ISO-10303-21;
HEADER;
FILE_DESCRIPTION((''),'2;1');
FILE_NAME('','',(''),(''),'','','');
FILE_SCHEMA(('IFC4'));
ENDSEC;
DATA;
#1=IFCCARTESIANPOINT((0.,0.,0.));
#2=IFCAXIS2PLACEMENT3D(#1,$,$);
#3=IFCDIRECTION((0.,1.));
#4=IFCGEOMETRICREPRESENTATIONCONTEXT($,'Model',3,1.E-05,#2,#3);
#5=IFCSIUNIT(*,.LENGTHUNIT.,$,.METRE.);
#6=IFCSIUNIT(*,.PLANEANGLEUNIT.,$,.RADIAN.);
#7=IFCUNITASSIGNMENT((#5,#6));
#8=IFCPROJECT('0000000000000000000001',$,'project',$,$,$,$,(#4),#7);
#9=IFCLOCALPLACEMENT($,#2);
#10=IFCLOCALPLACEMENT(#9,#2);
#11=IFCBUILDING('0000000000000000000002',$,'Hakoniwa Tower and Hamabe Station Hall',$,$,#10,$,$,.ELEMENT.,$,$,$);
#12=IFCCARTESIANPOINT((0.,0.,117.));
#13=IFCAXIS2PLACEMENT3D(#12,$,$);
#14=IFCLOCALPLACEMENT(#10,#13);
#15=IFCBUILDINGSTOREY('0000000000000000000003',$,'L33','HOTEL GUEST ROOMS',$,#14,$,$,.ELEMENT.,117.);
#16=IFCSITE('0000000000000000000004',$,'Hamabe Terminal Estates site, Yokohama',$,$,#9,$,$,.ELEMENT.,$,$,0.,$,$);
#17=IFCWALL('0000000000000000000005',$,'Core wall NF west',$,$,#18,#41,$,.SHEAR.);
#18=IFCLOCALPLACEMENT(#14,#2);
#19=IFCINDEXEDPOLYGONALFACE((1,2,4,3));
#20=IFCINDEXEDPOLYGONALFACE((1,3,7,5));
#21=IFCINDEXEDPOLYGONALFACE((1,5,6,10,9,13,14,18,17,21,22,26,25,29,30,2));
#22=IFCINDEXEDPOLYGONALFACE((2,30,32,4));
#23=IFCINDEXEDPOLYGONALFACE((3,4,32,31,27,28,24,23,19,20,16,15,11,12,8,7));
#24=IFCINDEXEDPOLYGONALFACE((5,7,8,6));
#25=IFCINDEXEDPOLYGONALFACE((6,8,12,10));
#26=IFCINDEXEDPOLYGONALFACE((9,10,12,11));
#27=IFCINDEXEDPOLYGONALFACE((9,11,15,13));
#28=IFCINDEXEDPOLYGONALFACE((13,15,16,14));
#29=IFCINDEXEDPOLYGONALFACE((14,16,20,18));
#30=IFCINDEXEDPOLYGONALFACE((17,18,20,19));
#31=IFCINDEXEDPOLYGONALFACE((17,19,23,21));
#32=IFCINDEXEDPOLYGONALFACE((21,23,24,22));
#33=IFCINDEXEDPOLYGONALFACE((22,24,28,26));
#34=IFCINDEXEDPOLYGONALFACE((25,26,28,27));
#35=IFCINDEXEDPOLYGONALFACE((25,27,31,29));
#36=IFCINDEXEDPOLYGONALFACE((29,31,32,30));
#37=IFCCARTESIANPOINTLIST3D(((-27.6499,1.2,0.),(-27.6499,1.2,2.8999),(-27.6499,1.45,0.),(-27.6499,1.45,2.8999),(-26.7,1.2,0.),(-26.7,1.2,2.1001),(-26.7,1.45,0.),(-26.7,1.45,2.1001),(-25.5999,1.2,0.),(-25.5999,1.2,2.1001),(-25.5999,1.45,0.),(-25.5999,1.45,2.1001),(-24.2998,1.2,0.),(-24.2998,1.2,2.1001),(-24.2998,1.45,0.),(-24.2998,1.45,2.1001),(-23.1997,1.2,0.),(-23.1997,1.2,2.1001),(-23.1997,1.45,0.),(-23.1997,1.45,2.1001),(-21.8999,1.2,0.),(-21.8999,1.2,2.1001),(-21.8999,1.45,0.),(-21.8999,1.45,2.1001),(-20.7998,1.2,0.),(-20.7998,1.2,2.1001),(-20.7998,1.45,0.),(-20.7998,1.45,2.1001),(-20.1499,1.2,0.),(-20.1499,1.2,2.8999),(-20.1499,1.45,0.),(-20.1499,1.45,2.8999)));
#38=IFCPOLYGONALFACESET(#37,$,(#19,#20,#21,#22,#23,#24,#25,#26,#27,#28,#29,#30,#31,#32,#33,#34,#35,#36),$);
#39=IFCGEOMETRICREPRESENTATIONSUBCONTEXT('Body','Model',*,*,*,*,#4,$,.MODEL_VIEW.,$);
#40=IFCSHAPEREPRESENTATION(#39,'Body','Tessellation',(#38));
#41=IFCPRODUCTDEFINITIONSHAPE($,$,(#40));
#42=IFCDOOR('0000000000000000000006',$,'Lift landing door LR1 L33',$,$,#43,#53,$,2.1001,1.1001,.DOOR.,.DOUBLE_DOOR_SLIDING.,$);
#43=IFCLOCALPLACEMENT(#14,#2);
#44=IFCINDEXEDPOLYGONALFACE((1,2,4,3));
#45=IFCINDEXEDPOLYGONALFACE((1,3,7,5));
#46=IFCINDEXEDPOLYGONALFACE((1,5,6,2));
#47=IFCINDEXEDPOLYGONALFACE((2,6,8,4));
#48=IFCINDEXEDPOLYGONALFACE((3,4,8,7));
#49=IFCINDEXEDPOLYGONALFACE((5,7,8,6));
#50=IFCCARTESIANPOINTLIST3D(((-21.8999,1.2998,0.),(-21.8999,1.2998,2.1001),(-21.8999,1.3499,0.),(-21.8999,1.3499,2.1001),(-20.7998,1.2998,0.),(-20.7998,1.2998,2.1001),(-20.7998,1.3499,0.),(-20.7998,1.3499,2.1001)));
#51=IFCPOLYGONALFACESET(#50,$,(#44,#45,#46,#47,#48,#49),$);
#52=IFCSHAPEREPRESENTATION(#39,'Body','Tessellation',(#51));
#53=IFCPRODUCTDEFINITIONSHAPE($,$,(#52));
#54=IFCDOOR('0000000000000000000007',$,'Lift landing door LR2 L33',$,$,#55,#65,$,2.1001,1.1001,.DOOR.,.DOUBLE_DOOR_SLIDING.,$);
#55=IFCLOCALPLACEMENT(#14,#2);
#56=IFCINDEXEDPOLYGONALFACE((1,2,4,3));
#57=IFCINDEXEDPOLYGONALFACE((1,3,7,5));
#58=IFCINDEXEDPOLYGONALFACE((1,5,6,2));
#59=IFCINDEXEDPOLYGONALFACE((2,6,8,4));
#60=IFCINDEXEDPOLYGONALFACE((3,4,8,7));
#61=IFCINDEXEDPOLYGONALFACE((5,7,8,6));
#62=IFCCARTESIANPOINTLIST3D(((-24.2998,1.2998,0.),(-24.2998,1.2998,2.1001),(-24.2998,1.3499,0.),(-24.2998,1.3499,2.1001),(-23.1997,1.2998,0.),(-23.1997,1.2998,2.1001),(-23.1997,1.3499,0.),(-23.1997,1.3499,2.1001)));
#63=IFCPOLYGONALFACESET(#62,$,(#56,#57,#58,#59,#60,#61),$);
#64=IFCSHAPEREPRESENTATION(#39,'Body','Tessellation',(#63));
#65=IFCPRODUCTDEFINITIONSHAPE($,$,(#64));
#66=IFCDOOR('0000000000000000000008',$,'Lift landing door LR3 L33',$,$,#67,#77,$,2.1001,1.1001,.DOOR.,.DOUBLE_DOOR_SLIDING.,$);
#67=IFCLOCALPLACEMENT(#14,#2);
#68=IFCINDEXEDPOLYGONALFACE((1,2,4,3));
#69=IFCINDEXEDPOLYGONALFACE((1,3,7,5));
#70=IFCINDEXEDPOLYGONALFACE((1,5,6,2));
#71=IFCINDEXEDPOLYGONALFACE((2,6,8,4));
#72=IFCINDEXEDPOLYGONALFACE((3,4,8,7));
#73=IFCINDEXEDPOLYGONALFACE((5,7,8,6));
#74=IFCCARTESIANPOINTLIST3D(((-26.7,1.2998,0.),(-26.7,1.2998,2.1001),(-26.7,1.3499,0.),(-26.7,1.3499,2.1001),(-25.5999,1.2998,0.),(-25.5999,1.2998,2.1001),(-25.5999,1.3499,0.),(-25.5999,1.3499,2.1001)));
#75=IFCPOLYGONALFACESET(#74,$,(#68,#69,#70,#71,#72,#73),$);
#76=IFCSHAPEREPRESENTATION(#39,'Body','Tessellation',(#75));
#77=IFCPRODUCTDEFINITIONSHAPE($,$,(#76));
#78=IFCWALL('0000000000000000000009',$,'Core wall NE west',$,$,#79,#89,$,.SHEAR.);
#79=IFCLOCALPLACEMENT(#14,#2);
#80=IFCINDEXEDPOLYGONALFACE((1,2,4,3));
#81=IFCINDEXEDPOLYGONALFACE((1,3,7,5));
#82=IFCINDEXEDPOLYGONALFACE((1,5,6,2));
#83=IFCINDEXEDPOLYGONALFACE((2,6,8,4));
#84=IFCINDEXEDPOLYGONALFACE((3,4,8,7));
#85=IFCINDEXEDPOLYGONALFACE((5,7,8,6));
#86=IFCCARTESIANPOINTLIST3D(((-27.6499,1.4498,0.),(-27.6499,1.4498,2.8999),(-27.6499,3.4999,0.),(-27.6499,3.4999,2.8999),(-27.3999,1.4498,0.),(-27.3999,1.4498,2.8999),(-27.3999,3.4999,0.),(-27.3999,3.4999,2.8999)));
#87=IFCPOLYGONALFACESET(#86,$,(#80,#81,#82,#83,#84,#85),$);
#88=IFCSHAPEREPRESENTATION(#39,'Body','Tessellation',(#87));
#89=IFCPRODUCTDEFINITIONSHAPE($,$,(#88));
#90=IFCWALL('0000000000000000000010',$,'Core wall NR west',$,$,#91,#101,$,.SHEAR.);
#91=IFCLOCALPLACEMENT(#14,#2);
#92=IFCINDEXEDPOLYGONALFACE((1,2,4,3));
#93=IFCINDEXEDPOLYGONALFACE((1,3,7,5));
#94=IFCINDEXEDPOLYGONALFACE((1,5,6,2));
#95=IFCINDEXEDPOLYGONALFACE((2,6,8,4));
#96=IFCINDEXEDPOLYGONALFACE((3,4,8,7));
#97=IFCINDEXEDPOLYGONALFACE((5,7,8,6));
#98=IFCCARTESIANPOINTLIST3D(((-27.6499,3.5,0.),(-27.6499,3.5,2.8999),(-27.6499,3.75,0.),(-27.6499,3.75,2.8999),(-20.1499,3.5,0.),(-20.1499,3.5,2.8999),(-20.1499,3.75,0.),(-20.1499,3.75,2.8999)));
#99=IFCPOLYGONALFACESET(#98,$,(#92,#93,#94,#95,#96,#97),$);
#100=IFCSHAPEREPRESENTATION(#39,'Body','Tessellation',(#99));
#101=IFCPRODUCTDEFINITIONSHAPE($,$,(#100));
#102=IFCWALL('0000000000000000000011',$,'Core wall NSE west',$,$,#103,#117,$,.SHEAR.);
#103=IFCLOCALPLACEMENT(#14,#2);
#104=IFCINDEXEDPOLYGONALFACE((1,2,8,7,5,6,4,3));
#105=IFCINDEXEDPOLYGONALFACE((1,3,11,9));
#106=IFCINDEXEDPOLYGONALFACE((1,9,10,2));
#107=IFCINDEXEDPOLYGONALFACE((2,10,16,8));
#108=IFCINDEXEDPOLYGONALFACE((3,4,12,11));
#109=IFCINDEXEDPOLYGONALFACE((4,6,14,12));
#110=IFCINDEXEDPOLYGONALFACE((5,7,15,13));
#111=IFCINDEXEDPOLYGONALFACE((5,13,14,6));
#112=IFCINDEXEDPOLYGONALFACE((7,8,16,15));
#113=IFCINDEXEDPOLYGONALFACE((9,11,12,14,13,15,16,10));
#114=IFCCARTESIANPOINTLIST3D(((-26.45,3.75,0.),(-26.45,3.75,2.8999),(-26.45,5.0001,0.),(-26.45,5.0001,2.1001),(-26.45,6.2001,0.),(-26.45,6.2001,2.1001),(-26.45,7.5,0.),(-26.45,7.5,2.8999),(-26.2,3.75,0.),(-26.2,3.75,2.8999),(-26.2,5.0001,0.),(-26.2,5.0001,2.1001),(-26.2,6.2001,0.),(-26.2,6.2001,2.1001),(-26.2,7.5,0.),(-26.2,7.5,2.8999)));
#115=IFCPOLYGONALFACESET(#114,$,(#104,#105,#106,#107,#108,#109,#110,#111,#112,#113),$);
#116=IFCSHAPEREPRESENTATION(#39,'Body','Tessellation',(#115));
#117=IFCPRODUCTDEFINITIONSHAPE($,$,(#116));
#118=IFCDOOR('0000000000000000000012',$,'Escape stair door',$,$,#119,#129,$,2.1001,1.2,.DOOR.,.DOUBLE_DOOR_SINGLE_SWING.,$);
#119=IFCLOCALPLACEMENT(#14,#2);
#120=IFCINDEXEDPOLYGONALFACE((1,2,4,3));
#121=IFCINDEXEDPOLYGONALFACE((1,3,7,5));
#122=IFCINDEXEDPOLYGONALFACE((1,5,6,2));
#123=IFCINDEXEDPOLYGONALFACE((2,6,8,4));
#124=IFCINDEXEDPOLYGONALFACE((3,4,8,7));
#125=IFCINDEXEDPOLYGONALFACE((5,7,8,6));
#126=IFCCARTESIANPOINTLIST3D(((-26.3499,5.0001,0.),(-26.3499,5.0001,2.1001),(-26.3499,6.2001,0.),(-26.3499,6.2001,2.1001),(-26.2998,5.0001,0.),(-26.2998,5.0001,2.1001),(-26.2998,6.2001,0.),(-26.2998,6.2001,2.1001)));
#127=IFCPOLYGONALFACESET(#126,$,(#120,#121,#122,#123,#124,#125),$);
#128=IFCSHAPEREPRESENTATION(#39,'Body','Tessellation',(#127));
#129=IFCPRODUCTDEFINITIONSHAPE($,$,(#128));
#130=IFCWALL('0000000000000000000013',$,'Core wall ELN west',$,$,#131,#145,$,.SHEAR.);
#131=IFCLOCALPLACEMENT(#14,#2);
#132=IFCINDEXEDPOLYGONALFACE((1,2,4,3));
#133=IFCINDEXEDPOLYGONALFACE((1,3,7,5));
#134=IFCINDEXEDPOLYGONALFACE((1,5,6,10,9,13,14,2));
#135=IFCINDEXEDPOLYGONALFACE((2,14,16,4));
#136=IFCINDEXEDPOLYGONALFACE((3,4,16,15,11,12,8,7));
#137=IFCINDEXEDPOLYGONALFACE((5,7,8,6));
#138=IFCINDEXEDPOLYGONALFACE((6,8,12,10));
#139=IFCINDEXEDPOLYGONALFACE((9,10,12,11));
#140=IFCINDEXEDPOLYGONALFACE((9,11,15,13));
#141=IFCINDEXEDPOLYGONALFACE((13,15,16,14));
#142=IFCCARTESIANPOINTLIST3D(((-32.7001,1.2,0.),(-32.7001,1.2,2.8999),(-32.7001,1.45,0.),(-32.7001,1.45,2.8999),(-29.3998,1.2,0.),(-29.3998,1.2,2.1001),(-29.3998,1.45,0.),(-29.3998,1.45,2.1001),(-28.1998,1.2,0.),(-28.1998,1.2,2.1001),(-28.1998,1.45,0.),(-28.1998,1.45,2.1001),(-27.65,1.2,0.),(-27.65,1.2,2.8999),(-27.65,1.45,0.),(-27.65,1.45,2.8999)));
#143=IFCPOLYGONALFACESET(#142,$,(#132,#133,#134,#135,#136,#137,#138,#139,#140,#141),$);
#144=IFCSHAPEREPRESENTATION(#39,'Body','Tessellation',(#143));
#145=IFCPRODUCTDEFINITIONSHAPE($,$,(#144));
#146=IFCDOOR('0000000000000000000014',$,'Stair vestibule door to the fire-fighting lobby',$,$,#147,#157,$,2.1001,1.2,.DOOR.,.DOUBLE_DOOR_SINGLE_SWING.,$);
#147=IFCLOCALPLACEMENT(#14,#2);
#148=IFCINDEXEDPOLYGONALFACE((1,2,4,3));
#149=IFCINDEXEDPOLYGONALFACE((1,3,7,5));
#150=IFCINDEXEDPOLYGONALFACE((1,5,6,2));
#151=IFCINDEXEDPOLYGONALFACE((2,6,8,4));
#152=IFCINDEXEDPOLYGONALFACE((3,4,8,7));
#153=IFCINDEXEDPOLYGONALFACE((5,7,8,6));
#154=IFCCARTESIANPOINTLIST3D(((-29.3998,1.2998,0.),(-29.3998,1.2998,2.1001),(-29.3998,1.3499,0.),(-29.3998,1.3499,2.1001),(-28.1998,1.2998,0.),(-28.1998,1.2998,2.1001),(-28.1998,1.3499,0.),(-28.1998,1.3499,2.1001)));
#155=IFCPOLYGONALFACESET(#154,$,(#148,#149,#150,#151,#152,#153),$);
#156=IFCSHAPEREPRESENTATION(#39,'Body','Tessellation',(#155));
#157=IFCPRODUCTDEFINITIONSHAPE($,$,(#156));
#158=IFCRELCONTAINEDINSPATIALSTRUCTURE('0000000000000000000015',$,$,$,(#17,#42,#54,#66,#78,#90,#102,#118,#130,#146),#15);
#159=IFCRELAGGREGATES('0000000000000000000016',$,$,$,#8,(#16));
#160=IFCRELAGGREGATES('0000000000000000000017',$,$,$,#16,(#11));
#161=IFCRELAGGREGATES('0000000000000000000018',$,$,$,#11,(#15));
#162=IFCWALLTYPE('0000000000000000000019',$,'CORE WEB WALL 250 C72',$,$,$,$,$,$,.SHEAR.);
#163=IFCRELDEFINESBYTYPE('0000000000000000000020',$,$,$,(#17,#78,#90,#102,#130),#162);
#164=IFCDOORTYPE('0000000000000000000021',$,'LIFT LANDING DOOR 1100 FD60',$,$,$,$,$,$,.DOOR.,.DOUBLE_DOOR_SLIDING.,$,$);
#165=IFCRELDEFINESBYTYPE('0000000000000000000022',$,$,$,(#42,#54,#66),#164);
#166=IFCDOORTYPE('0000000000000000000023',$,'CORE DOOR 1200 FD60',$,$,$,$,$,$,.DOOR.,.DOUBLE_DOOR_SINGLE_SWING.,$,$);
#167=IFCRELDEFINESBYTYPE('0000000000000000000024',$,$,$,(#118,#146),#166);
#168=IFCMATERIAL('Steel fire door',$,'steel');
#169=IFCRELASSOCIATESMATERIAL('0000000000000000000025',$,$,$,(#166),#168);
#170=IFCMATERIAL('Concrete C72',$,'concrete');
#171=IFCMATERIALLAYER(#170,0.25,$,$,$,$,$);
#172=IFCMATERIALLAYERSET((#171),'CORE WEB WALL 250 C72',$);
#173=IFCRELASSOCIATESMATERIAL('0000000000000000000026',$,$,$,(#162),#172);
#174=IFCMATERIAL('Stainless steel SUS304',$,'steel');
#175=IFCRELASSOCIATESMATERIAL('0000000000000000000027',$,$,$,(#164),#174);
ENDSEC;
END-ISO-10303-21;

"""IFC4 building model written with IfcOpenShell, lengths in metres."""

from ifc_helpers import new_model, si_unit, direction, frame, frame_2d, origin, place, context, subcontext, project, spatial, rectangle, extrude, material, layer, layer_set, type_object, element, fill, save


model = new_model("IFC4")

# Units and contexts
model_context = context("Model", 3, precision=1e-05, world=origin(), true_north=direction((0.0, 1.0)))
body_context = subcontext(model_context, "Body", "Model", "MODEL_VIEW")
ifc_project = project(units=[si_unit("LENGTHUNIT", "METRE"), si_unit("PLANEANGLEUNIT", "RADIAN")], contexts=[model_context])

# Site, building, storey
site_placement = place(None, origin())
site = spatial("IfcSite", under=ifc_project, at=site_placement, Name="Hamabe Terminal Estates site, Yokohama", CompositionType="ELEMENT", RefElevation=0.0)
building_placement = place(site_placement, origin())
building = spatial("IfcBuilding", under=site, at=building_placement, Name="Hakoniwa Tower and Hamabe Station Hall", CompositionType="ELEMENT")
storey_placement = place(building_placement, frame((0.0, 0.0, 117.0)))
storey = spatial("IfcBuildingStorey", under=building, at=storey_placement, Name="L33", Description="HOTEL GUEST ROOMS", CompositionType="ELEMENT", Elevation=117.0)

# Shared definitions
ifc_material_1 = material(Name="Steel fire door", Category="steel")
door_type_1 = type_object("IfcDoorType", Name="CORE DOOR 1200 FD60", OperationType="DOUBLE_DOOR_SINGLE_SWING", PredefinedType="DOOR", material=ifc_material_1)

# Wall, openings, doors
ifc_material_2 = material(Name="Concrete C72", Category="concrete")
ifc_layer_1 = layer(ifc_material_2, 0.25)
ifc_layer_set_1 = layer_set([ifc_layer_1], Name="CORE WEB WALL 250 C72")
wall_type_1 = type_object("IfcWallType", Name="CORE WEB WALL 250 C72", PredefinedType="SHEAR", material=ifc_layer_set_1)
wall_1_placement = place(storey_placement, frame((-27.6499, 1.325, 0.0), z_axis=(0.0, 0.0, 1.0), x_axis=(1.0, 0.0, 0.0)))
wall_1 = element("IfcWall", 1, at=wall_1_placement, inside=storey, type_object=wall_type_1, Name="Core wall NF west", PredefinedType="SHEAR", context=body_context, shape_type="SweptSolid", body=[
    extrude(rectangle(XDim=7.5, YDim=0.25, at=frame_2d((3.75, 0.0))), origin(), (0.0, 0.0, 1.0), 2.8999),
])
opening_1_placement = place(wall_1_placement, frame((5.75, 0.0, 0.0)))
opening_1 = element("IfcOpeningElement", 2, at=opening_1_placement, cuts=wall_1, PredefinedType="OPENING", context=body_context, shape_type="SweptSolid", body=[
    extrude(rectangle(XDim=1.1001, YDim=2.1001, at=frame_2d((0.55, 1.05))), frame((0.0, 0.135, 0.0), z_axis=(0.0, -1.0, 0.0), x_axis=(1.0, 0.0, 0.0)), (0.0, 0.0, 1.0), 0.27),
])
opening_2_placement = place(wall_1_placement, frame((3.3501, 0.0, 0.0)))
opening_2 = element("IfcOpeningElement", 3, at=opening_2_placement, cuts=wall_1, PredefinedType="OPENING", context=body_context, shape_type="SweptSolid", body=[
    extrude(rectangle(XDim=1.1001, YDim=2.1001, at=frame_2d((0.55, 1.05))), frame((0.0, 0.135, 0.0), z_axis=(0.0, -1.0, 0.0), x_axis=(1.0, 0.0, 0.0)), (0.0, 0.0, 1.0), 0.27),
])
opening_3_placement = place(wall_1_placement, frame((0.95, 0.0, 0.0)))
opening_3 = element("IfcOpeningElement", 4, at=opening_3_placement, cuts=wall_1, PredefinedType="OPENING", context=body_context, shape_type="SweptSolid", body=[
    extrude(rectangle(XDim=1.1001, YDim=2.1001, at=frame_2d((0.55, 1.05))), frame((0.0, 0.135, 0.0), z_axis=(0.0, -1.0, 0.0), x_axis=(1.0, 0.0, 0.0)), (0.0, 0.0, 1.0), 0.27),
])
ifc_material_3 = material(Name="Stainless steel SUS304", Category="steel")
door_type_2 = type_object("IfcDoorType", Name="LIFT LANDING DOOR 1100 FD60", OperationType="DOUBLE_DOOR_SLIDING", PredefinedType="DOOR", material=ifc_material_3)
door_1_placement = place(opening_1_placement, origin())
door_1 = element("IfcDoor", 5, at=door_1_placement, inside=storey, type_object=door_type_2, Name="Lift landing door LR1 L33", OperationType="DOUBLE_DOOR_SLIDING", OverallHeight=2.1001, OverallWidth=1.1001, PredefinedType="DOOR", context=body_context, shape_type="SweptSolid", body=[
    extrude(rectangle(XDim=1.1001, YDim=2.1001, at=frame_2d((0.55, 1.05))), frame((0.0, 0.0249, 0.0), z_axis=(0.0, -1.0, 0.0), x_axis=(1.0, 0.0, 0.0)), (0.0, 0.0, 1.0), 0.05),
])
fill(opening_1, door_1)
door_2_placement = place(opening_2_placement, origin())
door_2 = element("IfcDoor", 6, at=door_2_placement, inside=storey, type_object=door_type_2, Name="Lift landing door LR2 L33", OperationType="DOUBLE_DOOR_SLIDING", OverallHeight=2.1001, OverallWidth=1.1001, PredefinedType="DOOR", context=body_context, shape_type="SweptSolid", body=[
    extrude(rectangle(XDim=1.1001, YDim=2.1001, at=frame_2d((0.55, 1.05))), frame((0.0, 0.0249, 0.0), z_axis=(0.0, -1.0, 0.0), x_axis=(1.0, 0.0, 0.0)), (0.0, 0.0, 1.0), 0.05),
])
fill(opening_2, door_2)
door_3_placement = place(opening_3_placement, origin())
door_3 = element("IfcDoor", 7, at=door_3_placement, inside=storey, type_object=door_type_2, Name="Lift landing door LR3 L33", OperationType="DOUBLE_DOOR_SLIDING", OverallHeight=2.1001, OverallWidth=1.1001, PredefinedType="DOOR", context=body_context, shape_type="SweptSolid", body=[
    extrude(rectangle(XDim=1.1001, YDim=2.1001, at=frame_2d((0.55, 1.05))), frame((0.0, 0.0249, 0.0), z_axis=(0.0, -1.0, 0.0), x_axis=(1.0, 0.0, 0.0)), (0.0, 0.0, 1.0), 0.05),
])
fill(opening_3, door_3)

# Walls
wall_2_placement = place(storey_placement, frame((-27.5249, 1.45, 0.0), z_axis=(0.0, 0.0, 1.0), x_axis=(0.0, 1.0, 0.0)))
element("IfcWall", 8, at=wall_2_placement, inside=storey, type_object=wall_type_1, Name="Core wall NE west", PredefinedType="SHEAR", context=body_context, shape_type="SweptSolid", body=[
    extrude(rectangle(XDim=2.05, YDim=0.25, at=frame_2d((1.0249, 0.0))), origin(), (0.0, 0.0, 1.0), 2.8999),
])
wall_3_placement = place(storey_placement, frame((-27.6499, 3.625, 0.0), z_axis=(0.0, 0.0, 1.0), x_axis=(1.0, 0.0, 0.0)))
element("IfcWall", 9, at=wall_3_placement, inside=storey, type_object=wall_type_1, Name="Core wall NR west", PredefinedType="SHEAR", context=body_context, shape_type="SweptSolid", body=[
    extrude(rectangle(XDim=7.5, YDim=0.25, at=frame_2d((3.75, 0.0))), origin(), (0.0, 0.0, 1.0), 2.8999),
])

# Walls, openings, doors
wall_4_placement = place(storey_placement, frame((-26.325, 3.75, 0.0), z_axis=(0.0, 0.0, 1.0), x_axis=(0.0, 1.0, 0.0)))
wall_4 = element("IfcWall", 10, at=wall_4_placement, inside=storey, type_object=wall_type_1, Name="Core wall NSE west", PredefinedType="SHEAR", context=body_context, shape_type="SweptSolid", body=[
    extrude(rectangle(XDim=3.75, YDim=0.25, at=frame_2d((1.875, 0.0))), origin(), (0.0, 0.0, 1.0), 2.8999),
])
opening_4_placement = place(wall_4_placement, frame((1.25, 0.0, 0.0)))
opening_4 = element("IfcOpeningElement", 11, at=opening_4_placement, cuts=wall_4, PredefinedType="OPENING", context=body_context, shape_type="SweptSolid", body=[
    extrude(rectangle(XDim=1.2, YDim=2.1001, at=frame_2d((0.6001, 1.05))), frame((0.0, 0.135, 0.0), z_axis=(0.0, -1.0, 0.0), x_axis=(1.0, 0.0, 0.0)), (0.0, 0.0, 1.0), 0.27),
])
door_4_placement = place(opening_4_placement, origin())
door_4 = element("IfcDoor", 12, at=door_4_placement, inside=storey, type_object=door_type_1, Name="Escape stair door", OperationType="DOUBLE_DOOR_SINGLE_SWING", OverallHeight=2.1001, OverallWidth=1.2, PredefinedType="DOOR", context=body_context, shape_type="SweptSolid", body=[
    extrude(rectangle(XDim=1.2, YDim=2.1001, at=frame_2d((0.6001, 1.05))), frame((0.0, 0.0249, 0.0), z_axis=(0.0, -1.0, 0.0), x_axis=(1.0, 0.0, 0.0)), (0.0, 0.0, 1.0), 0.05),
])
fill(opening_4, door_4)
wall_5_placement = place(storey_placement, frame((-32.7, 1.325, 0.0), z_axis=(0.0, 0.0, 1.0), x_axis=(1.0, 0.0, 0.0)))
wall_5 = element("IfcWall", 13, at=wall_5_placement, inside=storey, type_object=wall_type_1, Name="Core wall ELN west", PredefinedType="SHEAR", context=body_context, shape_type="SweptSolid", body=[
    extrude(rectangle(XDim=5.05, YDim=0.25, at=frame_2d((2.5249, 0.0))), origin(), (0.0, 0.0, 1.0), 2.8999),
])
opening_5_placement = place(wall_5_placement, frame((3.3, 0.0, 0.0)))
opening_5 = element("IfcOpeningElement", 14, at=opening_5_placement, cuts=wall_5, PredefinedType="OPENING", context=body_context, shape_type="SweptSolid", body=[
    extrude(rectangle(XDim=1.2, YDim=2.1001, at=frame_2d((0.6001, 1.05))), frame((0.0, 0.135, 0.0), z_axis=(0.0, -1.0, 0.0), x_axis=(1.0, 0.0, 0.0)), (0.0, 0.0, 1.0), 0.27),
])
door_5_placement = place(opening_5_placement, origin())
door_5 = element("IfcDoor", 15, at=door_5_placement, inside=storey, type_object=door_type_1, Name="Stair vestibule door to the fire-fighting lobby", OperationType="DOUBLE_DOOR_SINGLE_SWING", OverallHeight=2.1001, OverallWidth=1.2, PredefinedType="DOOR", context=body_context, shape_type="SweptSolid", body=[
    extrude(rectangle(XDim=1.2, YDim=2.1001, at=frame_2d((0.6001, 1.05))), frame((0.0, 0.0249, 0.0), z_axis=(0.0, -1.0, 0.0), x_axis=(1.0, 0.0, 0.0)), (0.0, 0.0, 1.0), 0.05),
])
fill(opening_5, door_5)

save(model, "model.ifc")
